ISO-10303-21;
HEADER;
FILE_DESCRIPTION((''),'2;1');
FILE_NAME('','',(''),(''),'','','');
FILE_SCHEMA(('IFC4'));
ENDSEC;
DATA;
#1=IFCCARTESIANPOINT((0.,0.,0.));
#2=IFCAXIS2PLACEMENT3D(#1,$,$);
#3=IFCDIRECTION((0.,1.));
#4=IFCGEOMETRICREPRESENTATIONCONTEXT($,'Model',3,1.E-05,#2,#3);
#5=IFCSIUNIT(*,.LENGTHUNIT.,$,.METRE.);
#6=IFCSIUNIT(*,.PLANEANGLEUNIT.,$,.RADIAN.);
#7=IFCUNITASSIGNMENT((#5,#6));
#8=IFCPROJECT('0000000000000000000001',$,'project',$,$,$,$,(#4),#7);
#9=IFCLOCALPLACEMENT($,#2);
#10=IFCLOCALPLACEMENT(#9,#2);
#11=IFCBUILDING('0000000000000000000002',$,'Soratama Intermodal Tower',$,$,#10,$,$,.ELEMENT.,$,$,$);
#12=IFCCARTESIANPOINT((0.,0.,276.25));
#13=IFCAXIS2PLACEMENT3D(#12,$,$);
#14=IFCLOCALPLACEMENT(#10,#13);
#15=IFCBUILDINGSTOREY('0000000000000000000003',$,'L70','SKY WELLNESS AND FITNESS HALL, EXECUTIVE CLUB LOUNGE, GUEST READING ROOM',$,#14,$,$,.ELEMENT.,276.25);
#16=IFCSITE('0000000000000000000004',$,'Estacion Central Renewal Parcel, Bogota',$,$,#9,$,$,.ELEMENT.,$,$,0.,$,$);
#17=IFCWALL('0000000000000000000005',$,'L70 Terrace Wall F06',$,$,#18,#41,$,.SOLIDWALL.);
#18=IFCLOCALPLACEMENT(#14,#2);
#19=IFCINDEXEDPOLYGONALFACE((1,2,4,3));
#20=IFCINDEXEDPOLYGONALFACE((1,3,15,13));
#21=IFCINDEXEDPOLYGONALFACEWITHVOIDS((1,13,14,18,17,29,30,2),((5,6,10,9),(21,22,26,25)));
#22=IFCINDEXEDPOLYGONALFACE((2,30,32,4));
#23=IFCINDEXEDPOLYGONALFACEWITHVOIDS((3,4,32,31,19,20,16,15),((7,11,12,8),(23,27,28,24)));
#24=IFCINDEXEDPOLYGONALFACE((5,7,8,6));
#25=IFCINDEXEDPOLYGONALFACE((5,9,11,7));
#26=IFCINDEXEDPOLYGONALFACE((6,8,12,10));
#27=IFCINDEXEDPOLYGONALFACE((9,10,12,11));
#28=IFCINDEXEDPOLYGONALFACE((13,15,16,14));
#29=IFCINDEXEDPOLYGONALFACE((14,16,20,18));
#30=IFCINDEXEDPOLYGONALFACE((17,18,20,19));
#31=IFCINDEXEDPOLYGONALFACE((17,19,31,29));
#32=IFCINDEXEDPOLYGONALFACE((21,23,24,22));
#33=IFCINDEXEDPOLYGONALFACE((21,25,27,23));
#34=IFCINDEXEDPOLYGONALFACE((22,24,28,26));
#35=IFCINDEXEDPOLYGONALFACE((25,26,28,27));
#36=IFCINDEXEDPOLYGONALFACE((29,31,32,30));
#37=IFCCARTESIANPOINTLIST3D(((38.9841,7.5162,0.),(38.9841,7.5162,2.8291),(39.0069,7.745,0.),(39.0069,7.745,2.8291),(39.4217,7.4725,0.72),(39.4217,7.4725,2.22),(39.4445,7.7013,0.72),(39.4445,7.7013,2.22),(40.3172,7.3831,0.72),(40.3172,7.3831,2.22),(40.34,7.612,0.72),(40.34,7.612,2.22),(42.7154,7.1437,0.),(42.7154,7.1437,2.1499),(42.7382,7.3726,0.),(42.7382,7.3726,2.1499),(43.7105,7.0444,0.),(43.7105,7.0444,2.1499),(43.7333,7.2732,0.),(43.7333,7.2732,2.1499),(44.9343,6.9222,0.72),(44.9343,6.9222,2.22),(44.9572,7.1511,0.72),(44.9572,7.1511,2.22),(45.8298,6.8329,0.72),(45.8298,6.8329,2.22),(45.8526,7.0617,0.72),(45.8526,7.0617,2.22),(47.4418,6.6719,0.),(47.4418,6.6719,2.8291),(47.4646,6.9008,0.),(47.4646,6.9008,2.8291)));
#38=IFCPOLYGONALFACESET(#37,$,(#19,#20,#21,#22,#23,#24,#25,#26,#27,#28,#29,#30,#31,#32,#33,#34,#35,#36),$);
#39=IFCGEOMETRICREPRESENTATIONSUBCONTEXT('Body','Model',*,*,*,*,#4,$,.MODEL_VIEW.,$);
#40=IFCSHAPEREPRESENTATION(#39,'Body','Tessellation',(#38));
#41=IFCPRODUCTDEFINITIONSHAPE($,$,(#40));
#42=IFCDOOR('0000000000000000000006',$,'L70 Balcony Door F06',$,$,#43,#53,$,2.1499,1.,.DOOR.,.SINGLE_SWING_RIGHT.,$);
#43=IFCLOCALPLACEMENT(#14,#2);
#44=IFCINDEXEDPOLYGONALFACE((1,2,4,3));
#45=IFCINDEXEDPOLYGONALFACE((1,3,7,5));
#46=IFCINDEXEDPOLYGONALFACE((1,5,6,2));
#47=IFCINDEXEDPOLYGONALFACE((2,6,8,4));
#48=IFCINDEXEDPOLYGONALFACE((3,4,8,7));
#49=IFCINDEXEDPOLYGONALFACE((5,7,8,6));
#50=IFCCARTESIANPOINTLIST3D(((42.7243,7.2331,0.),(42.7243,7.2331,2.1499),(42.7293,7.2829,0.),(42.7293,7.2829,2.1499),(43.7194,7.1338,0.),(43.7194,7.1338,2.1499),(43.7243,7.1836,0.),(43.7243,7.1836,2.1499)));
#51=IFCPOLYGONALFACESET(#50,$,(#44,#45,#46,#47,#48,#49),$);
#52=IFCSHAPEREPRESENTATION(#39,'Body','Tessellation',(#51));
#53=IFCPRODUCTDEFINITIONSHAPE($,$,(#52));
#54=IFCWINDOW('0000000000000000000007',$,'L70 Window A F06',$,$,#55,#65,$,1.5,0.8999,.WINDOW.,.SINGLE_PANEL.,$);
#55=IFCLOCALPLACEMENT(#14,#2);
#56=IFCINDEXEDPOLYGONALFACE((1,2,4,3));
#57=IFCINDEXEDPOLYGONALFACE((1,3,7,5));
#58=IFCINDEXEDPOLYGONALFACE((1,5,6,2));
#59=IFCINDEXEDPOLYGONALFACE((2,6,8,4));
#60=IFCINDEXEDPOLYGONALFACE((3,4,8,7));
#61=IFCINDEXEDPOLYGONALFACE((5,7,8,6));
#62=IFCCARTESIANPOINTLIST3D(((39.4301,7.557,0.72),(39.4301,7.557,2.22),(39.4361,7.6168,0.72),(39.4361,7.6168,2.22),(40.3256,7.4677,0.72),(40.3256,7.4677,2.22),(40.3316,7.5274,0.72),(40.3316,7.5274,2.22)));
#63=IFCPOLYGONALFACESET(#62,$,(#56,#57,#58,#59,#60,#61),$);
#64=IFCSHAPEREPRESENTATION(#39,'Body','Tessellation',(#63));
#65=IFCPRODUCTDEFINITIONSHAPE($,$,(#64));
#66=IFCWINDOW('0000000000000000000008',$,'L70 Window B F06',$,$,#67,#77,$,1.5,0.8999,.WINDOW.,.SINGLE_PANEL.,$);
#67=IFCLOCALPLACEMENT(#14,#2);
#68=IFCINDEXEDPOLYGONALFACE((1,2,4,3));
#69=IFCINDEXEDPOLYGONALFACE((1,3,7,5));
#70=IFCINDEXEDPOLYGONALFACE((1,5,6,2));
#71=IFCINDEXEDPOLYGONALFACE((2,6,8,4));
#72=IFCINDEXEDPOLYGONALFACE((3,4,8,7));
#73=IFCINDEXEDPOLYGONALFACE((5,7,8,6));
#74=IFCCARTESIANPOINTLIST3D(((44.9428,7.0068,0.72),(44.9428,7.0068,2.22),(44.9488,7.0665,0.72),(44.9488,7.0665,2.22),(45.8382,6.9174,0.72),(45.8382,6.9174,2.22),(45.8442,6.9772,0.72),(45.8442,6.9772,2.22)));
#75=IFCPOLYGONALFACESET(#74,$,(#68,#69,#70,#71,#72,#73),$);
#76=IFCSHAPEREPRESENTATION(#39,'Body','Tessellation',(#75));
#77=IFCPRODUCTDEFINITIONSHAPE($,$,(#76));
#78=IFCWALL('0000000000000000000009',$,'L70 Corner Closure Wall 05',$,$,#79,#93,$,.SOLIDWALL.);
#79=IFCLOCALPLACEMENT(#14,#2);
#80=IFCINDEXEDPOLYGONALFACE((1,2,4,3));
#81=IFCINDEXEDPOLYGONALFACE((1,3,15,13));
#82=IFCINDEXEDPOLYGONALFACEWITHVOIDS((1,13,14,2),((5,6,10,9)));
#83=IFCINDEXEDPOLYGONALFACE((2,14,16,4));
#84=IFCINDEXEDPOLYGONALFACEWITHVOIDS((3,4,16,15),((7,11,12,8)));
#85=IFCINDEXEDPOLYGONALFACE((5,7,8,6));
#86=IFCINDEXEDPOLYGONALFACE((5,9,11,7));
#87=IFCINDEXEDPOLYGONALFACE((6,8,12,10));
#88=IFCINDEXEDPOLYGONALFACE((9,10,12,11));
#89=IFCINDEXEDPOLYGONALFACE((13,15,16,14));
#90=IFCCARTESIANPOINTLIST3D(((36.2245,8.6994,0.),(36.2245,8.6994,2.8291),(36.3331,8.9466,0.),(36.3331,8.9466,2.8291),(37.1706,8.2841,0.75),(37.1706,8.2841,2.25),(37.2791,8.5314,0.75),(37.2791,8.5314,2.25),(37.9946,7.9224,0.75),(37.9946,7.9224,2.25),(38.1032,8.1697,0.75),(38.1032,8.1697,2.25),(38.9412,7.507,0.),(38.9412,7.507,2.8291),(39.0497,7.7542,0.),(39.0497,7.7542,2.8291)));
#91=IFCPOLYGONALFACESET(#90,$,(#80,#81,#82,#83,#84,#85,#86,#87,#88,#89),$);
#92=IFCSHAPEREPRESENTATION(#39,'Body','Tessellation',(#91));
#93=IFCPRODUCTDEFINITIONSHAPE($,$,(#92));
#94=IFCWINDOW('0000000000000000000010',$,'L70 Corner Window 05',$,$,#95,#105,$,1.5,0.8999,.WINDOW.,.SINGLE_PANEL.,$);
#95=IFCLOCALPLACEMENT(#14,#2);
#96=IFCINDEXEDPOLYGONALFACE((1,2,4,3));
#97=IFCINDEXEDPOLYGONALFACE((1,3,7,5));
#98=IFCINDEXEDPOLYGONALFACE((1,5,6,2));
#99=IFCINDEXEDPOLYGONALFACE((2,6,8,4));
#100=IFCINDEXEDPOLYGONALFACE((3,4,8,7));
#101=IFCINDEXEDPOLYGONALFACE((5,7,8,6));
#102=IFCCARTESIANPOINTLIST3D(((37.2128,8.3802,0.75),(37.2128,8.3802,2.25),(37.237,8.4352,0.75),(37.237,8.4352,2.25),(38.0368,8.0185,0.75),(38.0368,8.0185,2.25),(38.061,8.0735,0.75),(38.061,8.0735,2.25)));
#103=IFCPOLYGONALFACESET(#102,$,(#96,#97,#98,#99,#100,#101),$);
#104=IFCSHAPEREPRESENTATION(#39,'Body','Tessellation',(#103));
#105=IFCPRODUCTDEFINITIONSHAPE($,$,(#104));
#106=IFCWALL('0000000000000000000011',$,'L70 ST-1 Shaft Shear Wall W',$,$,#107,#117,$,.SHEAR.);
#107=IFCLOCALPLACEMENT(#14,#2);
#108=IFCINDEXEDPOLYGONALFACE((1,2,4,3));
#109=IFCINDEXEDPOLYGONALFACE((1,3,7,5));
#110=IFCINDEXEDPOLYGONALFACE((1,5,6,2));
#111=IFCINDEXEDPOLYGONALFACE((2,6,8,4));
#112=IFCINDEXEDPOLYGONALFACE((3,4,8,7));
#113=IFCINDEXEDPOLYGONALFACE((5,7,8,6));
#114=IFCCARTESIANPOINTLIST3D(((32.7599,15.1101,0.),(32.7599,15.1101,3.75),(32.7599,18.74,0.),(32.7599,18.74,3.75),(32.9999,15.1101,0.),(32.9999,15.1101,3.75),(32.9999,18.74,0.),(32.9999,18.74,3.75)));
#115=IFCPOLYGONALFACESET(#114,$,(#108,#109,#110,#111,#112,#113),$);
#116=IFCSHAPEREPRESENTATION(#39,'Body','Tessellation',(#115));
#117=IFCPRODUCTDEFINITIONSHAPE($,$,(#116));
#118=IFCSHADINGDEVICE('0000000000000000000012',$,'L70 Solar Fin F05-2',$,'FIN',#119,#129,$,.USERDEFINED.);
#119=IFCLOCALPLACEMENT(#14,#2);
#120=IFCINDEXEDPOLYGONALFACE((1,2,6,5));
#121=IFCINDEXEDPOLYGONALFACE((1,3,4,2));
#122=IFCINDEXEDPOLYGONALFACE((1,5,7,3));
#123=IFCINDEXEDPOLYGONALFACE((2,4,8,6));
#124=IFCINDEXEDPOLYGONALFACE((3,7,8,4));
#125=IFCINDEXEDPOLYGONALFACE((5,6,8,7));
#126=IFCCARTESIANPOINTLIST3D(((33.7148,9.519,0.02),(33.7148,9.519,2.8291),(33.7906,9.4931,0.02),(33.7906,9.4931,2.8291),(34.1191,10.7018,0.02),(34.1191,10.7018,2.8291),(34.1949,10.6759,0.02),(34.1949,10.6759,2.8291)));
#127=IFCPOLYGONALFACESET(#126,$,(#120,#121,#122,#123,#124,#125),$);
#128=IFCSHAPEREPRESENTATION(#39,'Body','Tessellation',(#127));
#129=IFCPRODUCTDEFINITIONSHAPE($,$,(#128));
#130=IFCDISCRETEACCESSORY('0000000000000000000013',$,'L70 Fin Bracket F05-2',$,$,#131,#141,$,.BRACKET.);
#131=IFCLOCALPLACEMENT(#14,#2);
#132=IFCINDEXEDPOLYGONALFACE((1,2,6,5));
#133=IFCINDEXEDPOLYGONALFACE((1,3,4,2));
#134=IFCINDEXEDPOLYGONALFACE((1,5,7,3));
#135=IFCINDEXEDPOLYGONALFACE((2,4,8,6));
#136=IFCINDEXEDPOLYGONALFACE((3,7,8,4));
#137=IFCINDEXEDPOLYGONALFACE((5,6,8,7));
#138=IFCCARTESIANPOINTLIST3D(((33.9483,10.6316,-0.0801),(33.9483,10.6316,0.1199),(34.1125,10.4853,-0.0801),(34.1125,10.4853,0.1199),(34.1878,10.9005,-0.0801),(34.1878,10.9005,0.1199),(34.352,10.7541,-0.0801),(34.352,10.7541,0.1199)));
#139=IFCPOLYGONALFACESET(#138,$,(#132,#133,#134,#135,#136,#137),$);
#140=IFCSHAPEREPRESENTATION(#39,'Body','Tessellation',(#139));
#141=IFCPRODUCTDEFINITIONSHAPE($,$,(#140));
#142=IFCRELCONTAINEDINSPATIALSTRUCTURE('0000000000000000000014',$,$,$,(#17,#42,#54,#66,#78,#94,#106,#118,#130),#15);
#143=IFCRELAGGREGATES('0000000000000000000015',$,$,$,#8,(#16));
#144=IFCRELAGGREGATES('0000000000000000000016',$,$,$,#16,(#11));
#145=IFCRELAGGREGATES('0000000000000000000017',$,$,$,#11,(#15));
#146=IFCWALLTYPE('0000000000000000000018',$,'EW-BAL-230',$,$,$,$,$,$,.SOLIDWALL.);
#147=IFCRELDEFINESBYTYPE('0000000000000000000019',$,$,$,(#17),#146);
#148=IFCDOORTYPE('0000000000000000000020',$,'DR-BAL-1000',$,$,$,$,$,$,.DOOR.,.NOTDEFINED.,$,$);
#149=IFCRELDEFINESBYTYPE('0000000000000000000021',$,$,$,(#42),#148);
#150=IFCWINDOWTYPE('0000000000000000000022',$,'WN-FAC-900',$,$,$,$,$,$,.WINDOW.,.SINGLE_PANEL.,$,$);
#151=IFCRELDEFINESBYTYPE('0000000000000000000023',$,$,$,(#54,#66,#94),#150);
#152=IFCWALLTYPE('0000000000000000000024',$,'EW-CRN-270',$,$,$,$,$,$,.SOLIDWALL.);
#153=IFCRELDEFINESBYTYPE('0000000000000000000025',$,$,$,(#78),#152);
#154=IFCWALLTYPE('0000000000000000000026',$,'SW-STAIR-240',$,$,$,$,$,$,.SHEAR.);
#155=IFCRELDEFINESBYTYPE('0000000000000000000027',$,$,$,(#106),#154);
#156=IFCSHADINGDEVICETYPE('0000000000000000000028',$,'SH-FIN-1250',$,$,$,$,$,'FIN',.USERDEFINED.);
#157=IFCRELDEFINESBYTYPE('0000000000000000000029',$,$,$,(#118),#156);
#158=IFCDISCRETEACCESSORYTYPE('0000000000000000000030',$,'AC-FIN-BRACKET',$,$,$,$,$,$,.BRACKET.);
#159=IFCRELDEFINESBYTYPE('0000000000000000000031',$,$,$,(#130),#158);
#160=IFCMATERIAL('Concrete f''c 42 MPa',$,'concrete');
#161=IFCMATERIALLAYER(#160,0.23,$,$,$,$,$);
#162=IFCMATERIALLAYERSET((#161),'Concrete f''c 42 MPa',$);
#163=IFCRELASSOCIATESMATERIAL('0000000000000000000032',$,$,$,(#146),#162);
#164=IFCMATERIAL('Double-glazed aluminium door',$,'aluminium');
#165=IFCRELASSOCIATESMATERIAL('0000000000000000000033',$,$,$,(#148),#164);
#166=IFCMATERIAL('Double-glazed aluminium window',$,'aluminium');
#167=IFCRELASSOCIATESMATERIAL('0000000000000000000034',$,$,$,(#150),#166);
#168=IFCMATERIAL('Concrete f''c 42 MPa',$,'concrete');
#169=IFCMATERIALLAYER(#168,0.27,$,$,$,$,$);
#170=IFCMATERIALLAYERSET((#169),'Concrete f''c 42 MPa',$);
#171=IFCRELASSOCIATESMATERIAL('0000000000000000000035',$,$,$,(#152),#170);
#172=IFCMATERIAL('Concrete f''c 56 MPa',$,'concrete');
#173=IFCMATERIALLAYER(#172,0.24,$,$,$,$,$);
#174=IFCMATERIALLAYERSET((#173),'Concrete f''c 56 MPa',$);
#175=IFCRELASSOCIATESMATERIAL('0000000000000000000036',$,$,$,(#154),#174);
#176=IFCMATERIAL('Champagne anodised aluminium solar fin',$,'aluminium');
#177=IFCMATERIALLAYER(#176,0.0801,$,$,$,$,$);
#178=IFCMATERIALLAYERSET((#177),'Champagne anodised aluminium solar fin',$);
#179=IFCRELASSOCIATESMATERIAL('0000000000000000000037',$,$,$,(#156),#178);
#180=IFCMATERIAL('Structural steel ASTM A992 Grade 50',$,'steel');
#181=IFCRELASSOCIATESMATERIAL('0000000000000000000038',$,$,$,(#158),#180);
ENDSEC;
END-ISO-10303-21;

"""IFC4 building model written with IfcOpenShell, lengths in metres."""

from ifc_helpers import new_model, si_unit, direction, frame, frame_2d, origin, origin_2d, place, context, subcontext, project, spatial, rectangle, extrude, material, layer, layer_set, type_object, element, fill, save


model = new_model("IFC4")

# Units and contexts
model_context = context("Model", 3, precision=1e-05, world=origin(), true_north=direction((0.0, 1.0)))
body_context = subcontext(model_context, "Body", "Model", "MODEL_VIEW")
ifc_project = project(units=[si_unit("LENGTHUNIT", "METRE"), si_unit("PLANEANGLEUNIT", "RADIAN")], contexts=[model_context])

# Site, building, storey
site_placement = place(None, origin())
site = spatial("IfcSite", under=ifc_project, at=site_placement, Name="Estacion Central Renewal Parcel, Bogota", CompositionType="ELEMENT", RefElevation=0.0)
building_placement = place(site_placement, origin())
building = spatial("IfcBuilding", under=site, at=building_placement, Name="Soratama Intermodal Tower", CompositionType="ELEMENT")
storey_placement = place(building_placement, frame((0.0, 0.0, 276.25)))
storey = spatial("IfcBuildingStorey", under=building, at=storey_placement, Name="L70", Description="SKY WELLNESS AND FITNESS HALL, EXECUTIVE CLUB LOUNGE, GUEST READING ROOM", CompositionType="ELEMENT", Elevation=276.25)

# Wall, openings, door, windows
ifc_material_1 = material(Name="Concrete f'c 42 MPa", Category="concrete")
ifc_layer_1 = layer(ifc_material_1, 0.23)
ifc_layer_set_1 = layer_set([ifc_layer_1], Name="Concrete f'c 42 MPa")
wall_type_1 = type_object("IfcWallType", Name="EW-BAL-230", PredefinedType="SOLIDWALL", material=ifc_layer_set_1)
wall_1_placement = place(storey_placement, frame((38.9954, 7.6306, 0.0), z_axis=(0.0, 0.0, 1.0), x_axis=(0.995055, -0.099325, 0.0)))
wall_1 = element("IfcWall", 1, at=wall_1_placement, inside=storey, type_object=wall_type_1, Name="L70 Terrace Wall F06", PredefinedType="SOLIDWALL", context=body_context, shape_type="SweptSolid", body=[
    extrude(rectangle(XDim=8.4998, YDim=0.23, at=frame_2d((4.25, 0.0))), origin(), (0.0, 0.0, 1.0), 2.8291),
])
opening_1_placement = place(wall_1_placement, frame((3.75, 0.0, 0.0)))
opening_1 = element("IfcOpeningElement", 2, at=opening_1_placement, cuts=wall_1, PredefinedType="OPENING", context=body_context, shape_type="SweptSolid", body=[
    extrude(rectangle(XDim=1.0, YDim=2.1499, at=frame_2d((0.5, 1.075))), frame((0.0, 0.125, 0.0), z_axis=(0.0, -1.0, 0.0), x_axis=(1.0, 0.0, 0.0)), (0.0, 0.0, 1.0), 0.25),
])
opening_2_placement = place(wall_1_placement, frame((0.4399, 0.0, 0.72)))
opening_2 = element("IfcOpeningElement", 3, at=opening_2_placement, cuts=wall_1, PredefinedType="OPENING", context=body_context, shape_type="SweptSolid", body=[
    extrude(rectangle(XDim=0.8999, YDim=1.5, at=frame_2d((0.45, 0.75))), frame((0.0, 0.125, 0.0), z_axis=(0.0, -1.0, 0.0), x_axis=(1.0, 0.0, 0.0)), (0.0, 0.0, 1.0), 0.25),
])
opening_3_placement = place(wall_1_placement, frame((5.98, 0.0, 0.72)))
opening_3 = element("IfcOpeningElement", 4, at=opening_3_placement, cuts=wall_1, PredefinedType="OPENING", context=body_context, shape_type="SweptSolid", body=[
    extrude(rectangle(XDim=0.8999, YDim=1.5, at=frame_2d((0.45, 0.75))), frame((0.0, 0.125, 0.0), z_axis=(0.0, -1.0, 0.0), x_axis=(1.0, 0.0, 0.0)), (0.0, 0.0, 1.0), 0.25),
])
ifc_material_2 = material(Name="Double-glazed aluminium door", Category="aluminium")
door_type = type_object("IfcDoorType", Name="DR-BAL-1000", OperationType="NOTDEFINED", PredefinedType="DOOR", material=ifc_material_2)
door_placement = place(opening_1_placement, origin())
door = element("IfcDoor", 5, at=door_placement, inside=storey, type_object=door_type, Name="L70 Balcony Door F06", OperationType="SINGLE_SWING_RIGHT", OverallHeight=2.1499, OverallWidth=1.0, PredefinedType="DOOR", context=body_context, shape_type="SweptSolid", body=[
    extrude(rectangle(XDim=1.0, YDim=2.1499, at=frame_2d((0.5, 1.075))), frame((0.0, 0.0249, 0.0), z_axis=(0.0, -1.0, 0.0), x_axis=(1.0, 0.0, 0.0)), (0.0, 0.0, 1.0), 0.05),
])
fill(opening_1, door)
ifc_material_3 = material(Name="Double-glazed aluminium window", Category="aluminium")
window_type = type_object("IfcWindowType", Name="WN-FAC-900", PartitioningType="SINGLE_PANEL", PredefinedType="WINDOW", material=ifc_material_3)
window_1_placement = place(opening_2_placement, origin())
window_1 = element("IfcWindow", 6, at=window_1_placement, inside=storey, type_object=window_type, Name="L70 Window A F06", OverallHeight=1.5, OverallWidth=0.8999, PartitioningType="SINGLE_PANEL", PredefinedType="WINDOW", context=body_context, shape_type="SweptSolid", body=[
    extrude(rectangle(XDim=0.8999, YDim=1.5, at=frame_2d((0.45, 0.75))), frame((0.0, 0.03, 0.0), z_axis=(0.0, -1.0, 0.0), x_axis=(1.0, 0.0, 0.0)), (0.0, 0.0, 1.0), 0.0601),
])
fill(opening_2, window_1)
window_2_placement = place(opening_3_placement, origin())
window_2 = element("IfcWindow", 7, at=window_2_placement, inside=storey, type_object=window_type, Name="L70 Window B F06", OverallHeight=1.5, OverallWidth=0.8999, PartitioningType="SINGLE_PANEL", PredefinedType="WINDOW", context=body_context, shape_type="SweptSolid", body=[
    extrude(rectangle(XDim=0.8999, YDim=1.5, at=frame_2d((0.45, 0.75))), frame((0.0, 0.03, 0.0), z_axis=(0.0, -1.0, 0.0), x_axis=(1.0, 0.0, 0.0)), (0.0, 0.0, 1.0), 0.0601),
])
fill(opening_3, window_2)

# Wall, opening, window
ifc_material_4 = material(Name="Concrete f'c 42 MPa", Category="concrete")
ifc_layer_2 = layer(ifc_material_4, 0.27)
ifc_layer_set_2 = layer_set([ifc_layer_2], Name="Concrete f'c 42 MPa")
wall_type_2 = type_object("IfcWallType", Name="EW-CRN-270", PredefinedType="SOLIDWALL", material=ifc_layer_set_2)
wall_2_placement = place(storey_placement, frame((36.2788, 8.823, 0.0), z_axis=(0.0, 0.0, 1.0), x_axis=(0.915675, -0.401919, 0.0)))
wall_2 = element("IfcWall", 8, at=wall_2_placement, inside=storey, type_object=wall_type_2, Name="L70 Corner Closure Wall 05", PredefinedType="SOLIDWALL", context=body_context, shape_type="SweptSolid", body=[
    extrude(rectangle(XDim=2.9668, YDim=0.27, at=frame_2d((1.4834, 0.0))), origin(), (0.0, 0.0, 1.0), 2.8291),
])
opening_4_placement = place(wall_2_placement, frame((1.0332, 0.0, 0.75)))
opening_4 = element("IfcOpeningElement", 9, at=opening_4_placement, cuts=wall_2, PredefinedType="OPENING", context=body_context, shape_type="SweptSolid", body=[
    extrude(rectangle(XDim=0.8999, YDim=1.5, at=frame_2d((0.45, 0.75))), frame((0.0, 0.145, 0.0), z_axis=(0.0, -1.0, 0.0), x_axis=(1.0, 0.0, 0.0)), (0.0, 0.0, 1.0), 0.29),
])
window_3_placement = place(opening_4_placement, origin())
window_3 = element("IfcWindow", 10, at=window_3_placement, inside=storey, type_object=window_type, Name="L70 Corner Window 05", OverallHeight=1.5, OverallWidth=0.8999, PartitioningType="SINGLE_PANEL", PredefinedType="WINDOW", context=body_context, shape_type="SweptSolid", body=[
    extrude(rectangle(XDim=0.8999, YDim=1.5, at=frame_2d((0.45, 0.75))), frame((0.0, 0.03, 0.0), z_axis=(0.0, -1.0, 0.0), x_axis=(1.0, 0.0, 0.0)), (0.0, 0.0, 1.0), 0.0601),
])
fill(opening_4, window_3)

# Wall
ifc_material_5 = material(Name="Concrete f'c 56 MPa", Category="concrete")
ifc_layer_3 = layer(ifc_material_5, 0.24)
ifc_layer_set_3 = layer_set([ifc_layer_3], Name="Concrete f'c 56 MPa")
wall_type_3 = type_object("IfcWallType", Name="SW-STAIR-240", PredefinedType="SHEAR", material=ifc_layer_set_3)
wall_3_placement = place(storey_placement, frame((32.8799, 15.1101, 0.0), z_axis=(0.0, 0.0, 1.0), x_axis=(0.0, 1.0, 0.0)))
element("IfcWall", 11, at=wall_3_placement, inside=storey, type_object=wall_type_3, Name="L70 ST-1 Shaft Shear Wall W", PredefinedType="SHEAR", context=body_context, shape_type="SweptSolid", body=[
    extrude(rectangle(XDim=3.6299, YDim=0.24, at=frame_2d((1.8149, 0.0))), origin(), (0.0, 0.0, 1.0), 3.75),
])

# Shading device
ifc_material_6 = material(Name="Champagne anodised aluminium solar fin", Category="aluminium")
ifc_layer_4 = layer(ifc_material_6, 0.0801)
ifc_layer_set_4 = layer_set([ifc_layer_4], Name="Champagne anodised aluminium solar fin")
shading_device_type = type_object("IfcShadingDeviceType", Name="SH-FIN-1250", ElementType="FIN", PredefinedType="USERDEFINED", material=ifc_layer_set_4)
shading_device_placement = place(storey_placement, frame((33.9548, 10.0974, 0.02), z_axis=(0.0, 0.0, 1.0), x_axis=(-0.323422, -0.946255, 0.0)))
element("IfcShadingDevice", 12, at=shading_device_placement, inside=storey, type_object=shading_device_type, Name="L70 Solar Fin F05-2", ObjectType="FIN", PredefinedType="USERDEFINED", context=body_context, shape_type="SweptSolid", body=[
    extrude(rectangle(XDim=1.25, YDim=0.0801, at=origin_2d()), origin(), (0.0, 0.0, 1.0), 2.8091),
])

# Discrete accessory
ifc_material_7 = material(Name="Structural steel ASTM A992 Grade 50", Category="steel")
discrete_accessory_type = type_object("IfcDiscreteAccessoryType", Name="AC-FIN-BRACKET", PredefinedType="BRACKET", material=ifc_material_7)
discrete_accessory_placement = place(storey_placement, frame((34.1501, 10.6929, -0.0801), z_axis=(0.0, 0.0, 1.0), x_axis=(-0.66523, -0.746638, 0.0)))
element("IfcDiscreteAccessory", 13, at=discrete_accessory_placement, inside=storey, type_object=discrete_accessory_type, Name="L70 Fin Bracket F05-2", PredefinedType="BRACKET", context=body_context, shape_type="SweptSolid", body=[
    extrude(rectangle(XDim=0.3601, YDim=0.22, at=origin_2d()), origin(), (0.0, 0.0, 1.0), 0.2),
])

save(model, "model.ifc")
